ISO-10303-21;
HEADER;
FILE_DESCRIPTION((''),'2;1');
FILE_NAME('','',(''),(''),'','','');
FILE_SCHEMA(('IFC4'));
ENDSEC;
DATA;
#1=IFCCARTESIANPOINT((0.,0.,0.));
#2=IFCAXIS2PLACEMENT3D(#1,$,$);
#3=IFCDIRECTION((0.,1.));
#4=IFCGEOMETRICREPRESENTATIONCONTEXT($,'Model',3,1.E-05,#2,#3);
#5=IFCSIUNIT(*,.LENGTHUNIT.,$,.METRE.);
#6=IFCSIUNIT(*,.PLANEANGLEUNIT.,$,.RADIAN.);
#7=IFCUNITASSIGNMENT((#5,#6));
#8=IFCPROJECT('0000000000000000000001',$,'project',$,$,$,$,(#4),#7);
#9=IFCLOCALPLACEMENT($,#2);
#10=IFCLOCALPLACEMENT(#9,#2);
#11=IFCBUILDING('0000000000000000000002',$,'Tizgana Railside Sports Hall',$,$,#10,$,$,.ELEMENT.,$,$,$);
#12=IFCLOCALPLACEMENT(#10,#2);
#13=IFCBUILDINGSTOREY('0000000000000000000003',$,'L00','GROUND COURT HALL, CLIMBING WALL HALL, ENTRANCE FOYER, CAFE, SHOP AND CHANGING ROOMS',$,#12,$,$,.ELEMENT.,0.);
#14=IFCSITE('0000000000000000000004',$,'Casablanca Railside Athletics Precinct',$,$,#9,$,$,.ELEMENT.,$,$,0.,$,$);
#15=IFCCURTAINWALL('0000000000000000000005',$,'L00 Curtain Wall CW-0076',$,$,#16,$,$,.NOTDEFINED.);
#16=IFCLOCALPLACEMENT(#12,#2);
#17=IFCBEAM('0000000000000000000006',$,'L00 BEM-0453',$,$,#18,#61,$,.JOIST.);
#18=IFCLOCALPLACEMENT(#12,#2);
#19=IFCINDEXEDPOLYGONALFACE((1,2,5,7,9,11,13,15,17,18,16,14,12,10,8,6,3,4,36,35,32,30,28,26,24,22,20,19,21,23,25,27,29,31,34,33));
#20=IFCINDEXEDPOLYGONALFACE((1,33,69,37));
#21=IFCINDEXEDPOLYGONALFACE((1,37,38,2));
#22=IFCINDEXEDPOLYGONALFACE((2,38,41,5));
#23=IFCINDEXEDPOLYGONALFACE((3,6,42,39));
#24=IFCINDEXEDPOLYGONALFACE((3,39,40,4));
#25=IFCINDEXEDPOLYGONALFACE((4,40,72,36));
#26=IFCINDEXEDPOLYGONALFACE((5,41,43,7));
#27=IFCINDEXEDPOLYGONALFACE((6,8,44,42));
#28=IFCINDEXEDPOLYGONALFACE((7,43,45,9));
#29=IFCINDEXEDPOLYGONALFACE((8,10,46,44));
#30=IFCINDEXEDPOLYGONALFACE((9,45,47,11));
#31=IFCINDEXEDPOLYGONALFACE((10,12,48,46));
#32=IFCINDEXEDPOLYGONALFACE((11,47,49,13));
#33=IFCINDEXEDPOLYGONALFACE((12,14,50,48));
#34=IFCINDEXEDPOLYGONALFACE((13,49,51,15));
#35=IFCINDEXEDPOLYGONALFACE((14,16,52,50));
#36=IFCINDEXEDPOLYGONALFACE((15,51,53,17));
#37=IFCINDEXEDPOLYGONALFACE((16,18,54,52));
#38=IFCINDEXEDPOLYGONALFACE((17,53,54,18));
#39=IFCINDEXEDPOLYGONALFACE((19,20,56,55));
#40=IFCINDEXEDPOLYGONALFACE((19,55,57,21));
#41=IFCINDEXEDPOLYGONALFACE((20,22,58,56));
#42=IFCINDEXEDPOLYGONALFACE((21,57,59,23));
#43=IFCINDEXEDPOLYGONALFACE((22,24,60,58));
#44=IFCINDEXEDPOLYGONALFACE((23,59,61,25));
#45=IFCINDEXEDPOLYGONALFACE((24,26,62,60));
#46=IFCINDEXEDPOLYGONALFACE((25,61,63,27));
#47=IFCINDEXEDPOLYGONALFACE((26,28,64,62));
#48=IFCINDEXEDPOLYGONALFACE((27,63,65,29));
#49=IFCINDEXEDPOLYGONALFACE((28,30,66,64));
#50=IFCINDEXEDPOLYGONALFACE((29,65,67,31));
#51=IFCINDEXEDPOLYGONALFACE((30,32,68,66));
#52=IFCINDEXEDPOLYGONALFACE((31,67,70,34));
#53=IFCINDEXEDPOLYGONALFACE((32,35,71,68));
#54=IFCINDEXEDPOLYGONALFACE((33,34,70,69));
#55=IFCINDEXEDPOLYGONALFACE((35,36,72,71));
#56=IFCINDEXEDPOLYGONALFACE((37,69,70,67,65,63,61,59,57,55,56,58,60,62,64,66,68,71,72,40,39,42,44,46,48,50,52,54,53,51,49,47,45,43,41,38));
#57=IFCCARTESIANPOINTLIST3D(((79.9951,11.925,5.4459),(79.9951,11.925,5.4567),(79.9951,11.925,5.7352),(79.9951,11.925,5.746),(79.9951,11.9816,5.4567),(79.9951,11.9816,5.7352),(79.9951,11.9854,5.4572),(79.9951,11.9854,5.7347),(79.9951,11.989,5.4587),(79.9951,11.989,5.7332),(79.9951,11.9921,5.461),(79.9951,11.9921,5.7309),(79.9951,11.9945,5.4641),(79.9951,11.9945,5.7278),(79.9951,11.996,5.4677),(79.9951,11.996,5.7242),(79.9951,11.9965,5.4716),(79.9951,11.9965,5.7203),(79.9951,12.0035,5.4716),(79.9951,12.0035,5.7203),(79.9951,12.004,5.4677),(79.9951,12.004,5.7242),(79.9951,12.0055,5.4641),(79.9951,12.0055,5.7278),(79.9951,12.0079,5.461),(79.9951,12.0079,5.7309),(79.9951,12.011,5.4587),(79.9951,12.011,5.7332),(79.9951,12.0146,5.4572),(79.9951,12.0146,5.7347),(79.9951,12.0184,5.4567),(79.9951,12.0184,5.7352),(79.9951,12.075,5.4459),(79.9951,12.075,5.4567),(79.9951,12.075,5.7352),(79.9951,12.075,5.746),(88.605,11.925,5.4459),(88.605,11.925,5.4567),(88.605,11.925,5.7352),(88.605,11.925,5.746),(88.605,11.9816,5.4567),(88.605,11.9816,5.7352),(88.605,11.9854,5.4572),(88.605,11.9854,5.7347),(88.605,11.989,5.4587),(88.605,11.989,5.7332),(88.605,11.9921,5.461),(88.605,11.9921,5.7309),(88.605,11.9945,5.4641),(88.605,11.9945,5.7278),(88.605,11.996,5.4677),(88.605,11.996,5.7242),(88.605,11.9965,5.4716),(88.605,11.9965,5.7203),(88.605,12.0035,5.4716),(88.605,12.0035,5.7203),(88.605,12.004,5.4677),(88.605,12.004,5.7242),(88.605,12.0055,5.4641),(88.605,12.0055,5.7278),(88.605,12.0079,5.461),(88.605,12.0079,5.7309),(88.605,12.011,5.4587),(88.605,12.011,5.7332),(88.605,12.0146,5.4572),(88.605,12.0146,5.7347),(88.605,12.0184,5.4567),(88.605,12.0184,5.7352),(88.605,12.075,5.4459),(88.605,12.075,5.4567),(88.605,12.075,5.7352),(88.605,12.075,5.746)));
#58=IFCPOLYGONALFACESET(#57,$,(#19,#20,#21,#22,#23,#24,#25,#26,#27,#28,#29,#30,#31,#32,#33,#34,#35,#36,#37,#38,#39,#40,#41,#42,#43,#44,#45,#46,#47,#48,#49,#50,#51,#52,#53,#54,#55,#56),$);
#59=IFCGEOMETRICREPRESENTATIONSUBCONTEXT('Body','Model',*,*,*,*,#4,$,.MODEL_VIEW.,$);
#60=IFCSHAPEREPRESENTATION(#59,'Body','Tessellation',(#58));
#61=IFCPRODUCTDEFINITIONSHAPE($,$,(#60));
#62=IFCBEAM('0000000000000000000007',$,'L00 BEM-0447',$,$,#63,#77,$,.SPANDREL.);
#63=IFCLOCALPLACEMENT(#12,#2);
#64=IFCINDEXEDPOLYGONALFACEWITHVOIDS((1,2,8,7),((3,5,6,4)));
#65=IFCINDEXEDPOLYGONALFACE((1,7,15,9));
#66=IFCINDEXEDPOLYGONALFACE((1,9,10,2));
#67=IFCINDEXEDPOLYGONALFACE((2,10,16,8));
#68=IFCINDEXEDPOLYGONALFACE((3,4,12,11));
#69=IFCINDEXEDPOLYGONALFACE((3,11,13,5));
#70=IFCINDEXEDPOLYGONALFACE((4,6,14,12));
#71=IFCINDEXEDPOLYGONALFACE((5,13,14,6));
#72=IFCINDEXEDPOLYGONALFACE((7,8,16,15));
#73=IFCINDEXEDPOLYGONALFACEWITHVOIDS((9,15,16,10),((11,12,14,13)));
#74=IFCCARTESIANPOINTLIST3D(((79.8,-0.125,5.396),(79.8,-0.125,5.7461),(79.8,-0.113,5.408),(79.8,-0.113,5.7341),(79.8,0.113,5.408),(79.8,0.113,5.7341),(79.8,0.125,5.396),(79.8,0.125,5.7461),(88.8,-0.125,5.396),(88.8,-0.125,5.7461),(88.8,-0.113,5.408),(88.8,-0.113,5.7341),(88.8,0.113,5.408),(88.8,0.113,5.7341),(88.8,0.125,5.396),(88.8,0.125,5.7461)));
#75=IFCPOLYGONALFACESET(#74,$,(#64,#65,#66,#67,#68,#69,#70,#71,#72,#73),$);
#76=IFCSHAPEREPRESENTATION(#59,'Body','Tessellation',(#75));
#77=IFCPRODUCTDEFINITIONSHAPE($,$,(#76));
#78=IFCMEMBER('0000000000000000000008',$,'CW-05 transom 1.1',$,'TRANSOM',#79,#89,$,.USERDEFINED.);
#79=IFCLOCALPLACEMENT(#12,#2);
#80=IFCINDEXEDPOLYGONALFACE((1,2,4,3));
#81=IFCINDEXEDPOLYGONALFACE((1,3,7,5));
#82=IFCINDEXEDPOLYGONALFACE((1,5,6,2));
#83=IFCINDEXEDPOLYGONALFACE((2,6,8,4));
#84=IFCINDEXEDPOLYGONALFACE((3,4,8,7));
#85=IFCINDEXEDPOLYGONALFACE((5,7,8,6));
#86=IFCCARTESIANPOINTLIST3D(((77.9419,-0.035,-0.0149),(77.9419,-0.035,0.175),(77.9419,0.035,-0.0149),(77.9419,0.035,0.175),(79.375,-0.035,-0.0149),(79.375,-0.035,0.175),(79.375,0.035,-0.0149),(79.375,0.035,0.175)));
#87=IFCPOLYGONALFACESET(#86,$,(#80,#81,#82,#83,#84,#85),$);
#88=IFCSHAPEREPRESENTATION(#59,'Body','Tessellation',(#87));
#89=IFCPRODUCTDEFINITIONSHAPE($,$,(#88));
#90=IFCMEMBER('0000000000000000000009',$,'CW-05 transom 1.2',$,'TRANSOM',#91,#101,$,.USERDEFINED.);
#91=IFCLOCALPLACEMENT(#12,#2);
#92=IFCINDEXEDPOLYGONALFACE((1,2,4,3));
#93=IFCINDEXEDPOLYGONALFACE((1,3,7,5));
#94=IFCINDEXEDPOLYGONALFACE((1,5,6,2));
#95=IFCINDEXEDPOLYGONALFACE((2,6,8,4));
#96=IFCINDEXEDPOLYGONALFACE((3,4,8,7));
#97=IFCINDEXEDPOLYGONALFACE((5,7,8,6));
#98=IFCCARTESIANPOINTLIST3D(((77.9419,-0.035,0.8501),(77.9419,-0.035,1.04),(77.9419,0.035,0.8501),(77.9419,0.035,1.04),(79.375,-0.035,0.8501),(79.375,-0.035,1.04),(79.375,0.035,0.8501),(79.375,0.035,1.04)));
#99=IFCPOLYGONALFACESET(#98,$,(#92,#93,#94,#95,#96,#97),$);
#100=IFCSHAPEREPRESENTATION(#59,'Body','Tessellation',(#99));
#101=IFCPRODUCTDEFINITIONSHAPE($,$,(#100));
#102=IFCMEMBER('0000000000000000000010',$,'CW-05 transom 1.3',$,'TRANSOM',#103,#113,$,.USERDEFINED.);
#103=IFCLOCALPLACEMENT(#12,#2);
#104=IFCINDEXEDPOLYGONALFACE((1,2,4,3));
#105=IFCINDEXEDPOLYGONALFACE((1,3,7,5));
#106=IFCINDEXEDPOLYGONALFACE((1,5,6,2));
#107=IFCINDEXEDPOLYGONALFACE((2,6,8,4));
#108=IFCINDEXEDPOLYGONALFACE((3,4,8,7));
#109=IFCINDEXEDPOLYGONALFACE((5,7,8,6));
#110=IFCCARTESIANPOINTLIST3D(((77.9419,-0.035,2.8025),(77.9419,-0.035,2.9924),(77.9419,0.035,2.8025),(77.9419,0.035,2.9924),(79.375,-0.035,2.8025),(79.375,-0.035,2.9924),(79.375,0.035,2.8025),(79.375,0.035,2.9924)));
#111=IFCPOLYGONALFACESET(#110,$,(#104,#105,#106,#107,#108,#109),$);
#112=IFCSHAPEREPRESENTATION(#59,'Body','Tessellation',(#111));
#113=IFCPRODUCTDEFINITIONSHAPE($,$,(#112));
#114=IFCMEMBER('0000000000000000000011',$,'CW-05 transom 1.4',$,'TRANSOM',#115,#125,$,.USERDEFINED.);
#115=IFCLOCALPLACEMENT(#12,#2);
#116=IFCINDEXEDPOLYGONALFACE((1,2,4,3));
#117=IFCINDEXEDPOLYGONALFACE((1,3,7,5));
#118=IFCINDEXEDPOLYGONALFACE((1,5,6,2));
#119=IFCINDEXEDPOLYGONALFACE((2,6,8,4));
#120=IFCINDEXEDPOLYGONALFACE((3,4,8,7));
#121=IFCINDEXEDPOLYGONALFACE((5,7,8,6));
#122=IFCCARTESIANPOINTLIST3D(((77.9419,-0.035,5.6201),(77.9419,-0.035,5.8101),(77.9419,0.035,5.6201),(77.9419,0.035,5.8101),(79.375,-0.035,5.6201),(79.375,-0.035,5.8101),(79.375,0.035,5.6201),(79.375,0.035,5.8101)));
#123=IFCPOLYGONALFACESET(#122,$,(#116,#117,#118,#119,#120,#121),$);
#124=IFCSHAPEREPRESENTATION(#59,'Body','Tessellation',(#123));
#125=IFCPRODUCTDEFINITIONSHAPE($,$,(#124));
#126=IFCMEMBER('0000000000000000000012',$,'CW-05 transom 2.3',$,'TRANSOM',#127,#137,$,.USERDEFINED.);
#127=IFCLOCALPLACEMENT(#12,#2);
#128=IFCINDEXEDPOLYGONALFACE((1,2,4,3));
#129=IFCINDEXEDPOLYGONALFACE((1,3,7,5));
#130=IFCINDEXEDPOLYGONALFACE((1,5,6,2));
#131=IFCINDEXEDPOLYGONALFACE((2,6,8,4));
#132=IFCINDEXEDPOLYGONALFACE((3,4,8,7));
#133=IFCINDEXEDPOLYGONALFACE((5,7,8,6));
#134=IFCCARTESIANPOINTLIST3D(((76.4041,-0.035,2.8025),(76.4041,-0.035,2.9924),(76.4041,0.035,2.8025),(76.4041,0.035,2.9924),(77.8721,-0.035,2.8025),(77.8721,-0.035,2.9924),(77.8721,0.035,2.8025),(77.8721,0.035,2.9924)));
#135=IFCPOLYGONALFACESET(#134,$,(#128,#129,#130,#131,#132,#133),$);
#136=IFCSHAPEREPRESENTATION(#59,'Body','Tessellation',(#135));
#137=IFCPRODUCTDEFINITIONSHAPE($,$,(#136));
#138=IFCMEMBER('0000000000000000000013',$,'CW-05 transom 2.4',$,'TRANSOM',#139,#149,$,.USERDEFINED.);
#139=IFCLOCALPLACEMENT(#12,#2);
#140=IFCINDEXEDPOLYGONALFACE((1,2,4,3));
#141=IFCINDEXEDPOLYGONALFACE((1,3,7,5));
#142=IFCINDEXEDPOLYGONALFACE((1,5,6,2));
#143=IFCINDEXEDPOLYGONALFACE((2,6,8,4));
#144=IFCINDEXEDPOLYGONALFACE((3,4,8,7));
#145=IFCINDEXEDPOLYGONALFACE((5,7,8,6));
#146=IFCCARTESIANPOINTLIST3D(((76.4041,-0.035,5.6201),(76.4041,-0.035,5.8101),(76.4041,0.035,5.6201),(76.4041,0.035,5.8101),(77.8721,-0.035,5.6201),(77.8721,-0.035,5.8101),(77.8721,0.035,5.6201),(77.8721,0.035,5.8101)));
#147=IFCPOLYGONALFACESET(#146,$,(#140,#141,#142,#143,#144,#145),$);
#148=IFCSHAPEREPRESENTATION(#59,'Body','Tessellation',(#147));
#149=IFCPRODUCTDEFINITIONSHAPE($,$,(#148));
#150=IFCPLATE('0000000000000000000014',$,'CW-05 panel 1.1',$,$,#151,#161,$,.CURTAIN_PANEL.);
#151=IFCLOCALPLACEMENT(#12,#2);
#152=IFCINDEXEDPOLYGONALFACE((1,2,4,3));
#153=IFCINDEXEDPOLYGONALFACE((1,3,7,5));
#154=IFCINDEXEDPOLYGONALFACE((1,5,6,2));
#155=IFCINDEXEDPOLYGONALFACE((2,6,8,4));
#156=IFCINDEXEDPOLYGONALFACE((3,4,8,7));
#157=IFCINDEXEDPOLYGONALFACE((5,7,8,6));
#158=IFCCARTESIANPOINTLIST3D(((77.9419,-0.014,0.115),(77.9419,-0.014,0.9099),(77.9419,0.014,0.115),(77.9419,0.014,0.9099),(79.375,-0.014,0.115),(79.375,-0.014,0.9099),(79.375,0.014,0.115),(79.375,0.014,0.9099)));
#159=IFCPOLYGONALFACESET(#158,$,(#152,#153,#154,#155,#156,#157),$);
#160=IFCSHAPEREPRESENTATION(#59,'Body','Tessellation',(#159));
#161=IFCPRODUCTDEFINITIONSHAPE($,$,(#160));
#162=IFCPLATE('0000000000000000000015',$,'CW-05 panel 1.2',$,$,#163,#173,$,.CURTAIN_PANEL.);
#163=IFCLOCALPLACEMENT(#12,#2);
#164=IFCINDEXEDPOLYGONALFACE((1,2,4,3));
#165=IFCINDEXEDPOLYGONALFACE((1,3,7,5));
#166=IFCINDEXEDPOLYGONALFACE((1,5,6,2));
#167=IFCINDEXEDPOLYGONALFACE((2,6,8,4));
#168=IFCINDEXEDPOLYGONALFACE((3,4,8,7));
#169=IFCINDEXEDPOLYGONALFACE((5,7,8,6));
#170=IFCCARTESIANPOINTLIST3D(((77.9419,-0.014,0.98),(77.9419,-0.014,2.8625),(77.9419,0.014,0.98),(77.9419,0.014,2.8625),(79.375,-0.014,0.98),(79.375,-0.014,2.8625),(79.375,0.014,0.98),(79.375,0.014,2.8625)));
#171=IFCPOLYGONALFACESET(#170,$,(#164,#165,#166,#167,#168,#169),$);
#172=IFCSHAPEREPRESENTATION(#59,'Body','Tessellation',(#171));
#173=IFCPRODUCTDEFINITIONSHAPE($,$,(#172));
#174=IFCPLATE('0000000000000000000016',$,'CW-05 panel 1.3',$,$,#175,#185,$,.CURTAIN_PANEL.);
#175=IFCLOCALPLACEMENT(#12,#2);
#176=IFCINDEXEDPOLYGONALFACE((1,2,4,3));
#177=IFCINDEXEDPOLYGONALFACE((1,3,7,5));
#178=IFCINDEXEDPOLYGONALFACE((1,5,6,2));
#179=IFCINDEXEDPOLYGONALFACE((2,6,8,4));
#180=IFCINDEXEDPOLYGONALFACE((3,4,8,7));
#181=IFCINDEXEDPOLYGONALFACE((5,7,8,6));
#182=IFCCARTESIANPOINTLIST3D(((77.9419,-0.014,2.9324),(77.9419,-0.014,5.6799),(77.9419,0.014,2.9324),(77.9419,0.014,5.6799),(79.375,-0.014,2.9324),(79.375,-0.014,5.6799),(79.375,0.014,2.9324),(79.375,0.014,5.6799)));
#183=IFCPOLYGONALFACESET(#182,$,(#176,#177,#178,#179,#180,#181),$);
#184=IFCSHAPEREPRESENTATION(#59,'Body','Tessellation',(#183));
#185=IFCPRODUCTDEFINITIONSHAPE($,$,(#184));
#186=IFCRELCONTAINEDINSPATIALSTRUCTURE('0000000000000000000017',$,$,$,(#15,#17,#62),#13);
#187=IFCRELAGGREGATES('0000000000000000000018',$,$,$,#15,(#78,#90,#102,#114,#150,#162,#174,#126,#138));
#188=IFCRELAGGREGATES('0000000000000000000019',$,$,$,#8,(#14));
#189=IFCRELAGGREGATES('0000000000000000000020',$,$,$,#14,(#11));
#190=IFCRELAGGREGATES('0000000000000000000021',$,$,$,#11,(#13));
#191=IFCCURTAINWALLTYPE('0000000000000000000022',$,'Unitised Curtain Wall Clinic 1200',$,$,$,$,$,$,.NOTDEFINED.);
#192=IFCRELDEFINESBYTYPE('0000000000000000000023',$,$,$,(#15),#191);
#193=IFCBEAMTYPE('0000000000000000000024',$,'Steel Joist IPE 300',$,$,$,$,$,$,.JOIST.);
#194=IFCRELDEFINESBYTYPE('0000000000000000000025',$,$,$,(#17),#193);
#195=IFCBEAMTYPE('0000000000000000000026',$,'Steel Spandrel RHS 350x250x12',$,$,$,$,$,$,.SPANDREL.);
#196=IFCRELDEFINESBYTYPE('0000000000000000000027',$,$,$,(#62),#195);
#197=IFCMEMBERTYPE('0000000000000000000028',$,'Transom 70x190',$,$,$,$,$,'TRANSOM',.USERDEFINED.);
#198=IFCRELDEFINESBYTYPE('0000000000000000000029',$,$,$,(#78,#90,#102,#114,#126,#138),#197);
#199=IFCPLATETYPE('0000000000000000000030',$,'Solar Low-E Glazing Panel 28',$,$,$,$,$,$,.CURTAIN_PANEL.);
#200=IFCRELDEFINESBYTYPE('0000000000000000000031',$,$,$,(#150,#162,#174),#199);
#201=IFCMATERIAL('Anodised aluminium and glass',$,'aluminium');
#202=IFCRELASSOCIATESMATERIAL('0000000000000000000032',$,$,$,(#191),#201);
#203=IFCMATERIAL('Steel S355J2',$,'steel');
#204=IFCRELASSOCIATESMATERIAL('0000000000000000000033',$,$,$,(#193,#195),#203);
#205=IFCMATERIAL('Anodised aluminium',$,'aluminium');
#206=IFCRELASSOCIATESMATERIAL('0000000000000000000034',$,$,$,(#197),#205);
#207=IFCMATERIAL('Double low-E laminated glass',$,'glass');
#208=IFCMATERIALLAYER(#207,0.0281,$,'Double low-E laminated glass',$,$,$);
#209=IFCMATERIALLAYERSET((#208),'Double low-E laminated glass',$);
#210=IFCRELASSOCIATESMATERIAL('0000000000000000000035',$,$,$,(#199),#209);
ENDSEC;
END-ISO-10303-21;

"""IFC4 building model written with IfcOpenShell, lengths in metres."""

from ifc_helpers import new_model, si_unit, direction, frame, origin, origin_2d, place, context, subcontext, project, spatial, rectangle, hollow_rectangle, i_section, extrude, material, layer, layer_set, material_profile, profile_set, type_object, element, aggregate, save


model = new_model("IFC4")

# Units and contexts
model_context = context("Model", 3, precision=1e-05, world=origin(), true_north=direction((0.0, 1.0)))
body_context = subcontext(model_context, "Body", "Model", "MODEL_VIEW")
ifc_project = project(units=[si_unit("LENGTHUNIT", "METRE"), si_unit("PLANEANGLEUNIT", "RADIAN")], contexts=[model_context])

# Site, building, storey
site_placement = place(None, origin())
site = spatial("IfcSite", under=ifc_project, at=site_placement, Name="Casablanca Railside Athletics Precinct", CompositionType="ELEMENT", RefElevation=0.0)
building_placement = place(site_placement, origin())
building = spatial("IfcBuilding", under=site, at=building_placement, Name="Tizgana Railside Sports Hall", CompositionType="ELEMENT")
storey_placement = place(building_placement, origin())
storey = spatial("IfcBuildingStorey", under=building, at=storey_placement, Name="L00", Description="GROUND COURT HALL, CLIMBING WALL HALL, ENTRANCE FOYER, CAFE, SHOP AND CHANGING ROOMS", CompositionType="ELEMENT", Elevation=0.0)

# Curtain wall
ifc_material_1 = material(Name="Anodised aluminium and glass", Category="aluminium")
curtain_wall_type = type_object("IfcCurtainWallType", Name="Unitised Curtain Wall Clinic 1200", PredefinedType="NOTDEFINED", material=ifc_material_1)
curtain_wall_placement = place(storey_placement, origin())
curtain_wall = element("IfcCurtainWall", 1, at=curtain_wall_placement, inside=storey, type_object=curtain_wall_type, Name="L00 Curtain Wall CW-0076", PredefinedType="NOTDEFINED")
ifc_material_2 = material(Name="Anodised aluminium", Category="aluminium")

# Beams
ifc_material_3 = material(Name="Steel S355J2", Category="steel")
ifc_material_profile_1 = material_profile(ifc_material_3, i_section(OverallWidth=0.1499, OverallDepth=0.3, WebThickness=0.0071, FlangeThickness=0.0107, FilletRadius=0.0149, at=origin_2d()), Name="IPE 300")
ifc_profile_set_1 = profile_set([ifc_material_profile_1], Name="Steel S355J2")
beam_type_1 = type_object("IfcBeamType", Name="Steel Joist IPE 300", PredefinedType="JOIST", material=ifc_profile_set_1)
for number, where, z_axis, x_axis, name in (
    (2, (79.9951, 12.0, 5.5959), (1.0, 0.0, 0.0), (0.0, 1.0, 0.0), "L00 BEM-0453"),
):
    element("IfcBeam", number, at=place(storey_placement, frame(where, z_axis=z_axis, x_axis=x_axis)), inside=storey, type_object=beam_type_1, Name=name, PredefinedType="JOIST", context=body_context, shape_type="SweptSolid", body=[
        extrude(i_section(OverallWidth=0.1499, OverallDepth=0.3, WebThickness=0.0071, FlangeThickness=0.0107, FilletRadius=0.0149, at=origin_2d()), origin(), (0.0, 0.0, 1.0), 8.6099),
    ])
ifc_material_profile_2 = material_profile(ifc_material_3, hollow_rectangle(XDim=0.25, YDim=0.3501, WallThickness=0.012, at=origin_2d()), Name="RHS 350x250x12")
ifc_profile_set_2 = profile_set([ifc_material_profile_2], Name="Steel S355J2")
beam_type_2 = type_object("IfcBeamType", Name="Steel Spandrel RHS 350x250x12", PredefinedType="SPANDREL", material=ifc_profile_set_2)
beam_1_placement = place(storey_placement, frame((79.8, 0.0, 5.571), z_axis=(1.0, 0.0, 0.0), x_axis=(0.0, 1.0, 0.0)))
element("IfcBeam", 3, at=beam_1_placement, inside=storey, type_object=beam_type_2, Name="L00 BEM-0447", PredefinedType="SPANDREL", context=body_context, shape_type="SweptSolid", body=[
    extrude(hollow_rectangle(XDim=0.25, YDim=0.3501, WallThickness=0.012, at=origin_2d()), origin(), (0.0, 0.0, 1.0), 9.0),
])

# Members
ifc_material_profile_3 = material_profile(ifc_material_2, rectangle(XDim=0.0701, YDim=0.1899, at=origin_2d()), Name="Transom 70x190")
ifc_profile_set_3 = profile_set([ifc_material_profile_3], Name="Anodised aluminium")
member_type_1 = type_object("IfcMemberType", Name="Transom 70x190", ElementType="TRANSOM", PredefinedType="USERDEFINED", material=ifc_profile_set_3)
member_1_placement = place(storey_placement, frame((79.375, 0.0, 0.0801), z_axis=(-1.0, 0.0, 0.0), x_axis=(0.0, -1.0, 0.0)))
member_1 = element("IfcMember", 4, at=member_1_placement, type_object=member_type_1, Name="CW-05 transom 1.1", ObjectType="TRANSOM", PredefinedType="USERDEFINED", context=body_context, shape_type="SweptSolid", body=[
    extrude(rectangle(XDim=0.0701, YDim=0.1899, at=origin_2d()), origin(), (0.0, 0.0, 1.0), 1.4331),
])
member_2_placement = place(storey_placement, frame((79.375, 0.0, 0.9451), z_axis=(-1.0, 0.0, 0.0), x_axis=(0.0, -1.0, 0.0)))
member_2 = element("IfcMember", 5, at=member_2_placement, type_object=member_type_1, Name="CW-05 transom 1.2", ObjectType="TRANSOM", PredefinedType="USERDEFINED", context=body_context, shape_type="SweptSolid", body=[
    extrude(rectangle(XDim=0.0701, YDim=0.1899, at=origin_2d()), origin(), (0.0, 0.0, 1.0), 1.4331),
])
member_3_placement = place(storey_placement, frame((79.375, 0.0, 2.8975), z_axis=(-1.0, 0.0, 0.0), x_axis=(0.0, -1.0, 0.0)))
member_3 = element("IfcMember", 6, at=member_3_placement, type_object=member_type_1, Name="CW-05 transom 1.3", ObjectType="TRANSOM", PredefinedType="USERDEFINED", context=body_context, shape_type="SweptSolid", body=[
    extrude(rectangle(XDim=0.0701, YDim=0.1899, at=origin_2d()), origin(), (0.0, 0.0, 1.0), 1.4331),
])
member_4_placement = place(storey_placement, frame((79.375, 0.0, 5.7151), z_axis=(-1.0, 0.0, 0.0), x_axis=(0.0, -1.0, 0.0)))
member_4 = element("IfcMember", 7, at=member_4_placement, type_object=member_type_1, Name="CW-05 transom 1.4", ObjectType="TRANSOM", PredefinedType="USERDEFINED", context=body_context, shape_type="SweptSolid", body=[
    extrude(rectangle(XDim=0.0701, YDim=0.1899, at=origin_2d()), origin(), (0.0, 0.0, 1.0), 1.4331),
])
member_5_placement = place(storey_placement, frame((77.8721, 0.0, 2.8975), z_axis=(-1.0, 0.0, 0.0), x_axis=(0.0, -1.0, 0.0)))
member_5 = element("IfcMember", 8, at=member_5_placement, type_object=member_type_1, Name="CW-05 transom 2.3", ObjectType="TRANSOM", PredefinedType="USERDEFINED", context=body_context, shape_type="SweptSolid", body=[
    extrude(rectangle(XDim=0.0701, YDim=0.1899, at=origin_2d()), origin(), (0.0, 0.0, 1.0), 1.468),
])
member_6_placement = place(storey_placement, frame((77.8721, 0.0, 5.7151), z_axis=(-1.0, 0.0, 0.0), x_axis=(0.0, -1.0, 0.0)))
member_6 = element("IfcMember", 9, at=member_6_placement, type_object=member_type_1, Name="CW-05 transom 2.4", ObjectType="TRANSOM", PredefinedType="USERDEFINED", context=body_context, shape_type="SweptSolid", body=[
    extrude(rectangle(XDim=0.0701, YDim=0.1899, at=origin_2d()), origin(), (0.0, 0.0, 1.0), 1.468),
])

# Plates
ifc_material_4 = material(Name="Double low-E laminated glass", Category="glass")
ifc_layer_1 = layer(ifc_material_4, 0.0281, Name="Double low-E laminated glass")
ifc_layer_set_1 = layer_set([ifc_layer_1], Name="Double low-E laminated glass")
plate_type = type_object("IfcPlateType", Name="Solar Low-E Glazing Panel 28", PredefinedType="CURTAIN_PANEL", material=ifc_layer_set_1)
plate_1_placement = place(storey_placement, frame((78.6584, 0.0, 0.115), z_axis=(0.0, 0.0, 1.0), x_axis=(-1.0, 0.0, 0.0)))
plate_1 = element("IfcPlate", 10, at=plate_1_placement, type_object=plate_type, Name="CW-05 panel 1.1", PredefinedType="CURTAIN_PANEL", context=body_context, shape_type="SweptSolid", body=[
    extrude(rectangle(XDim=1.4331, YDim=0.0281, at=origin_2d()), origin(), (0.0, 0.0, 1.0), 0.7949),
])
plate_2_placement = place(storey_placement, frame((78.6584, 0.0, 0.98), z_axis=(0.0, 0.0, 1.0), x_axis=(-1.0, 0.0, 0.0)))
plate_2 = element("IfcPlate", 11, at=plate_2_placement, type_object=plate_type, Name="CW-05 panel 1.2", PredefinedType="CURTAIN_PANEL", context=body_context, shape_type="SweptSolid", body=[
    extrude(rectangle(XDim=1.4331, YDim=0.0281, at=origin_2d()), origin(), (0.0, 0.0, 1.0), 1.8826),
])
plate_3_placement = place(storey_placement, frame((78.6584, 0.0, 2.9324), z_axis=(0.0, 0.0, 1.0), x_axis=(-1.0, 0.0, 0.0)))
plate_3 = element("IfcPlate", 12, at=plate_3_placement, type_object=plate_type, Name="CW-05 panel 1.3", PredefinedType="CURTAIN_PANEL", context=body_context, shape_type="SweptSolid", body=[
    extrude(rectangle(XDim=1.4331, YDim=0.0281, at=origin_2d()), origin(), (0.0, 0.0, 1.0), 2.7476),
])
aggregate(curtain_wall, [member_1, member_2, member_3, member_4, plate_1, plate_2, plate_3, member_5, member_6])

save(model, "model.ifc")
